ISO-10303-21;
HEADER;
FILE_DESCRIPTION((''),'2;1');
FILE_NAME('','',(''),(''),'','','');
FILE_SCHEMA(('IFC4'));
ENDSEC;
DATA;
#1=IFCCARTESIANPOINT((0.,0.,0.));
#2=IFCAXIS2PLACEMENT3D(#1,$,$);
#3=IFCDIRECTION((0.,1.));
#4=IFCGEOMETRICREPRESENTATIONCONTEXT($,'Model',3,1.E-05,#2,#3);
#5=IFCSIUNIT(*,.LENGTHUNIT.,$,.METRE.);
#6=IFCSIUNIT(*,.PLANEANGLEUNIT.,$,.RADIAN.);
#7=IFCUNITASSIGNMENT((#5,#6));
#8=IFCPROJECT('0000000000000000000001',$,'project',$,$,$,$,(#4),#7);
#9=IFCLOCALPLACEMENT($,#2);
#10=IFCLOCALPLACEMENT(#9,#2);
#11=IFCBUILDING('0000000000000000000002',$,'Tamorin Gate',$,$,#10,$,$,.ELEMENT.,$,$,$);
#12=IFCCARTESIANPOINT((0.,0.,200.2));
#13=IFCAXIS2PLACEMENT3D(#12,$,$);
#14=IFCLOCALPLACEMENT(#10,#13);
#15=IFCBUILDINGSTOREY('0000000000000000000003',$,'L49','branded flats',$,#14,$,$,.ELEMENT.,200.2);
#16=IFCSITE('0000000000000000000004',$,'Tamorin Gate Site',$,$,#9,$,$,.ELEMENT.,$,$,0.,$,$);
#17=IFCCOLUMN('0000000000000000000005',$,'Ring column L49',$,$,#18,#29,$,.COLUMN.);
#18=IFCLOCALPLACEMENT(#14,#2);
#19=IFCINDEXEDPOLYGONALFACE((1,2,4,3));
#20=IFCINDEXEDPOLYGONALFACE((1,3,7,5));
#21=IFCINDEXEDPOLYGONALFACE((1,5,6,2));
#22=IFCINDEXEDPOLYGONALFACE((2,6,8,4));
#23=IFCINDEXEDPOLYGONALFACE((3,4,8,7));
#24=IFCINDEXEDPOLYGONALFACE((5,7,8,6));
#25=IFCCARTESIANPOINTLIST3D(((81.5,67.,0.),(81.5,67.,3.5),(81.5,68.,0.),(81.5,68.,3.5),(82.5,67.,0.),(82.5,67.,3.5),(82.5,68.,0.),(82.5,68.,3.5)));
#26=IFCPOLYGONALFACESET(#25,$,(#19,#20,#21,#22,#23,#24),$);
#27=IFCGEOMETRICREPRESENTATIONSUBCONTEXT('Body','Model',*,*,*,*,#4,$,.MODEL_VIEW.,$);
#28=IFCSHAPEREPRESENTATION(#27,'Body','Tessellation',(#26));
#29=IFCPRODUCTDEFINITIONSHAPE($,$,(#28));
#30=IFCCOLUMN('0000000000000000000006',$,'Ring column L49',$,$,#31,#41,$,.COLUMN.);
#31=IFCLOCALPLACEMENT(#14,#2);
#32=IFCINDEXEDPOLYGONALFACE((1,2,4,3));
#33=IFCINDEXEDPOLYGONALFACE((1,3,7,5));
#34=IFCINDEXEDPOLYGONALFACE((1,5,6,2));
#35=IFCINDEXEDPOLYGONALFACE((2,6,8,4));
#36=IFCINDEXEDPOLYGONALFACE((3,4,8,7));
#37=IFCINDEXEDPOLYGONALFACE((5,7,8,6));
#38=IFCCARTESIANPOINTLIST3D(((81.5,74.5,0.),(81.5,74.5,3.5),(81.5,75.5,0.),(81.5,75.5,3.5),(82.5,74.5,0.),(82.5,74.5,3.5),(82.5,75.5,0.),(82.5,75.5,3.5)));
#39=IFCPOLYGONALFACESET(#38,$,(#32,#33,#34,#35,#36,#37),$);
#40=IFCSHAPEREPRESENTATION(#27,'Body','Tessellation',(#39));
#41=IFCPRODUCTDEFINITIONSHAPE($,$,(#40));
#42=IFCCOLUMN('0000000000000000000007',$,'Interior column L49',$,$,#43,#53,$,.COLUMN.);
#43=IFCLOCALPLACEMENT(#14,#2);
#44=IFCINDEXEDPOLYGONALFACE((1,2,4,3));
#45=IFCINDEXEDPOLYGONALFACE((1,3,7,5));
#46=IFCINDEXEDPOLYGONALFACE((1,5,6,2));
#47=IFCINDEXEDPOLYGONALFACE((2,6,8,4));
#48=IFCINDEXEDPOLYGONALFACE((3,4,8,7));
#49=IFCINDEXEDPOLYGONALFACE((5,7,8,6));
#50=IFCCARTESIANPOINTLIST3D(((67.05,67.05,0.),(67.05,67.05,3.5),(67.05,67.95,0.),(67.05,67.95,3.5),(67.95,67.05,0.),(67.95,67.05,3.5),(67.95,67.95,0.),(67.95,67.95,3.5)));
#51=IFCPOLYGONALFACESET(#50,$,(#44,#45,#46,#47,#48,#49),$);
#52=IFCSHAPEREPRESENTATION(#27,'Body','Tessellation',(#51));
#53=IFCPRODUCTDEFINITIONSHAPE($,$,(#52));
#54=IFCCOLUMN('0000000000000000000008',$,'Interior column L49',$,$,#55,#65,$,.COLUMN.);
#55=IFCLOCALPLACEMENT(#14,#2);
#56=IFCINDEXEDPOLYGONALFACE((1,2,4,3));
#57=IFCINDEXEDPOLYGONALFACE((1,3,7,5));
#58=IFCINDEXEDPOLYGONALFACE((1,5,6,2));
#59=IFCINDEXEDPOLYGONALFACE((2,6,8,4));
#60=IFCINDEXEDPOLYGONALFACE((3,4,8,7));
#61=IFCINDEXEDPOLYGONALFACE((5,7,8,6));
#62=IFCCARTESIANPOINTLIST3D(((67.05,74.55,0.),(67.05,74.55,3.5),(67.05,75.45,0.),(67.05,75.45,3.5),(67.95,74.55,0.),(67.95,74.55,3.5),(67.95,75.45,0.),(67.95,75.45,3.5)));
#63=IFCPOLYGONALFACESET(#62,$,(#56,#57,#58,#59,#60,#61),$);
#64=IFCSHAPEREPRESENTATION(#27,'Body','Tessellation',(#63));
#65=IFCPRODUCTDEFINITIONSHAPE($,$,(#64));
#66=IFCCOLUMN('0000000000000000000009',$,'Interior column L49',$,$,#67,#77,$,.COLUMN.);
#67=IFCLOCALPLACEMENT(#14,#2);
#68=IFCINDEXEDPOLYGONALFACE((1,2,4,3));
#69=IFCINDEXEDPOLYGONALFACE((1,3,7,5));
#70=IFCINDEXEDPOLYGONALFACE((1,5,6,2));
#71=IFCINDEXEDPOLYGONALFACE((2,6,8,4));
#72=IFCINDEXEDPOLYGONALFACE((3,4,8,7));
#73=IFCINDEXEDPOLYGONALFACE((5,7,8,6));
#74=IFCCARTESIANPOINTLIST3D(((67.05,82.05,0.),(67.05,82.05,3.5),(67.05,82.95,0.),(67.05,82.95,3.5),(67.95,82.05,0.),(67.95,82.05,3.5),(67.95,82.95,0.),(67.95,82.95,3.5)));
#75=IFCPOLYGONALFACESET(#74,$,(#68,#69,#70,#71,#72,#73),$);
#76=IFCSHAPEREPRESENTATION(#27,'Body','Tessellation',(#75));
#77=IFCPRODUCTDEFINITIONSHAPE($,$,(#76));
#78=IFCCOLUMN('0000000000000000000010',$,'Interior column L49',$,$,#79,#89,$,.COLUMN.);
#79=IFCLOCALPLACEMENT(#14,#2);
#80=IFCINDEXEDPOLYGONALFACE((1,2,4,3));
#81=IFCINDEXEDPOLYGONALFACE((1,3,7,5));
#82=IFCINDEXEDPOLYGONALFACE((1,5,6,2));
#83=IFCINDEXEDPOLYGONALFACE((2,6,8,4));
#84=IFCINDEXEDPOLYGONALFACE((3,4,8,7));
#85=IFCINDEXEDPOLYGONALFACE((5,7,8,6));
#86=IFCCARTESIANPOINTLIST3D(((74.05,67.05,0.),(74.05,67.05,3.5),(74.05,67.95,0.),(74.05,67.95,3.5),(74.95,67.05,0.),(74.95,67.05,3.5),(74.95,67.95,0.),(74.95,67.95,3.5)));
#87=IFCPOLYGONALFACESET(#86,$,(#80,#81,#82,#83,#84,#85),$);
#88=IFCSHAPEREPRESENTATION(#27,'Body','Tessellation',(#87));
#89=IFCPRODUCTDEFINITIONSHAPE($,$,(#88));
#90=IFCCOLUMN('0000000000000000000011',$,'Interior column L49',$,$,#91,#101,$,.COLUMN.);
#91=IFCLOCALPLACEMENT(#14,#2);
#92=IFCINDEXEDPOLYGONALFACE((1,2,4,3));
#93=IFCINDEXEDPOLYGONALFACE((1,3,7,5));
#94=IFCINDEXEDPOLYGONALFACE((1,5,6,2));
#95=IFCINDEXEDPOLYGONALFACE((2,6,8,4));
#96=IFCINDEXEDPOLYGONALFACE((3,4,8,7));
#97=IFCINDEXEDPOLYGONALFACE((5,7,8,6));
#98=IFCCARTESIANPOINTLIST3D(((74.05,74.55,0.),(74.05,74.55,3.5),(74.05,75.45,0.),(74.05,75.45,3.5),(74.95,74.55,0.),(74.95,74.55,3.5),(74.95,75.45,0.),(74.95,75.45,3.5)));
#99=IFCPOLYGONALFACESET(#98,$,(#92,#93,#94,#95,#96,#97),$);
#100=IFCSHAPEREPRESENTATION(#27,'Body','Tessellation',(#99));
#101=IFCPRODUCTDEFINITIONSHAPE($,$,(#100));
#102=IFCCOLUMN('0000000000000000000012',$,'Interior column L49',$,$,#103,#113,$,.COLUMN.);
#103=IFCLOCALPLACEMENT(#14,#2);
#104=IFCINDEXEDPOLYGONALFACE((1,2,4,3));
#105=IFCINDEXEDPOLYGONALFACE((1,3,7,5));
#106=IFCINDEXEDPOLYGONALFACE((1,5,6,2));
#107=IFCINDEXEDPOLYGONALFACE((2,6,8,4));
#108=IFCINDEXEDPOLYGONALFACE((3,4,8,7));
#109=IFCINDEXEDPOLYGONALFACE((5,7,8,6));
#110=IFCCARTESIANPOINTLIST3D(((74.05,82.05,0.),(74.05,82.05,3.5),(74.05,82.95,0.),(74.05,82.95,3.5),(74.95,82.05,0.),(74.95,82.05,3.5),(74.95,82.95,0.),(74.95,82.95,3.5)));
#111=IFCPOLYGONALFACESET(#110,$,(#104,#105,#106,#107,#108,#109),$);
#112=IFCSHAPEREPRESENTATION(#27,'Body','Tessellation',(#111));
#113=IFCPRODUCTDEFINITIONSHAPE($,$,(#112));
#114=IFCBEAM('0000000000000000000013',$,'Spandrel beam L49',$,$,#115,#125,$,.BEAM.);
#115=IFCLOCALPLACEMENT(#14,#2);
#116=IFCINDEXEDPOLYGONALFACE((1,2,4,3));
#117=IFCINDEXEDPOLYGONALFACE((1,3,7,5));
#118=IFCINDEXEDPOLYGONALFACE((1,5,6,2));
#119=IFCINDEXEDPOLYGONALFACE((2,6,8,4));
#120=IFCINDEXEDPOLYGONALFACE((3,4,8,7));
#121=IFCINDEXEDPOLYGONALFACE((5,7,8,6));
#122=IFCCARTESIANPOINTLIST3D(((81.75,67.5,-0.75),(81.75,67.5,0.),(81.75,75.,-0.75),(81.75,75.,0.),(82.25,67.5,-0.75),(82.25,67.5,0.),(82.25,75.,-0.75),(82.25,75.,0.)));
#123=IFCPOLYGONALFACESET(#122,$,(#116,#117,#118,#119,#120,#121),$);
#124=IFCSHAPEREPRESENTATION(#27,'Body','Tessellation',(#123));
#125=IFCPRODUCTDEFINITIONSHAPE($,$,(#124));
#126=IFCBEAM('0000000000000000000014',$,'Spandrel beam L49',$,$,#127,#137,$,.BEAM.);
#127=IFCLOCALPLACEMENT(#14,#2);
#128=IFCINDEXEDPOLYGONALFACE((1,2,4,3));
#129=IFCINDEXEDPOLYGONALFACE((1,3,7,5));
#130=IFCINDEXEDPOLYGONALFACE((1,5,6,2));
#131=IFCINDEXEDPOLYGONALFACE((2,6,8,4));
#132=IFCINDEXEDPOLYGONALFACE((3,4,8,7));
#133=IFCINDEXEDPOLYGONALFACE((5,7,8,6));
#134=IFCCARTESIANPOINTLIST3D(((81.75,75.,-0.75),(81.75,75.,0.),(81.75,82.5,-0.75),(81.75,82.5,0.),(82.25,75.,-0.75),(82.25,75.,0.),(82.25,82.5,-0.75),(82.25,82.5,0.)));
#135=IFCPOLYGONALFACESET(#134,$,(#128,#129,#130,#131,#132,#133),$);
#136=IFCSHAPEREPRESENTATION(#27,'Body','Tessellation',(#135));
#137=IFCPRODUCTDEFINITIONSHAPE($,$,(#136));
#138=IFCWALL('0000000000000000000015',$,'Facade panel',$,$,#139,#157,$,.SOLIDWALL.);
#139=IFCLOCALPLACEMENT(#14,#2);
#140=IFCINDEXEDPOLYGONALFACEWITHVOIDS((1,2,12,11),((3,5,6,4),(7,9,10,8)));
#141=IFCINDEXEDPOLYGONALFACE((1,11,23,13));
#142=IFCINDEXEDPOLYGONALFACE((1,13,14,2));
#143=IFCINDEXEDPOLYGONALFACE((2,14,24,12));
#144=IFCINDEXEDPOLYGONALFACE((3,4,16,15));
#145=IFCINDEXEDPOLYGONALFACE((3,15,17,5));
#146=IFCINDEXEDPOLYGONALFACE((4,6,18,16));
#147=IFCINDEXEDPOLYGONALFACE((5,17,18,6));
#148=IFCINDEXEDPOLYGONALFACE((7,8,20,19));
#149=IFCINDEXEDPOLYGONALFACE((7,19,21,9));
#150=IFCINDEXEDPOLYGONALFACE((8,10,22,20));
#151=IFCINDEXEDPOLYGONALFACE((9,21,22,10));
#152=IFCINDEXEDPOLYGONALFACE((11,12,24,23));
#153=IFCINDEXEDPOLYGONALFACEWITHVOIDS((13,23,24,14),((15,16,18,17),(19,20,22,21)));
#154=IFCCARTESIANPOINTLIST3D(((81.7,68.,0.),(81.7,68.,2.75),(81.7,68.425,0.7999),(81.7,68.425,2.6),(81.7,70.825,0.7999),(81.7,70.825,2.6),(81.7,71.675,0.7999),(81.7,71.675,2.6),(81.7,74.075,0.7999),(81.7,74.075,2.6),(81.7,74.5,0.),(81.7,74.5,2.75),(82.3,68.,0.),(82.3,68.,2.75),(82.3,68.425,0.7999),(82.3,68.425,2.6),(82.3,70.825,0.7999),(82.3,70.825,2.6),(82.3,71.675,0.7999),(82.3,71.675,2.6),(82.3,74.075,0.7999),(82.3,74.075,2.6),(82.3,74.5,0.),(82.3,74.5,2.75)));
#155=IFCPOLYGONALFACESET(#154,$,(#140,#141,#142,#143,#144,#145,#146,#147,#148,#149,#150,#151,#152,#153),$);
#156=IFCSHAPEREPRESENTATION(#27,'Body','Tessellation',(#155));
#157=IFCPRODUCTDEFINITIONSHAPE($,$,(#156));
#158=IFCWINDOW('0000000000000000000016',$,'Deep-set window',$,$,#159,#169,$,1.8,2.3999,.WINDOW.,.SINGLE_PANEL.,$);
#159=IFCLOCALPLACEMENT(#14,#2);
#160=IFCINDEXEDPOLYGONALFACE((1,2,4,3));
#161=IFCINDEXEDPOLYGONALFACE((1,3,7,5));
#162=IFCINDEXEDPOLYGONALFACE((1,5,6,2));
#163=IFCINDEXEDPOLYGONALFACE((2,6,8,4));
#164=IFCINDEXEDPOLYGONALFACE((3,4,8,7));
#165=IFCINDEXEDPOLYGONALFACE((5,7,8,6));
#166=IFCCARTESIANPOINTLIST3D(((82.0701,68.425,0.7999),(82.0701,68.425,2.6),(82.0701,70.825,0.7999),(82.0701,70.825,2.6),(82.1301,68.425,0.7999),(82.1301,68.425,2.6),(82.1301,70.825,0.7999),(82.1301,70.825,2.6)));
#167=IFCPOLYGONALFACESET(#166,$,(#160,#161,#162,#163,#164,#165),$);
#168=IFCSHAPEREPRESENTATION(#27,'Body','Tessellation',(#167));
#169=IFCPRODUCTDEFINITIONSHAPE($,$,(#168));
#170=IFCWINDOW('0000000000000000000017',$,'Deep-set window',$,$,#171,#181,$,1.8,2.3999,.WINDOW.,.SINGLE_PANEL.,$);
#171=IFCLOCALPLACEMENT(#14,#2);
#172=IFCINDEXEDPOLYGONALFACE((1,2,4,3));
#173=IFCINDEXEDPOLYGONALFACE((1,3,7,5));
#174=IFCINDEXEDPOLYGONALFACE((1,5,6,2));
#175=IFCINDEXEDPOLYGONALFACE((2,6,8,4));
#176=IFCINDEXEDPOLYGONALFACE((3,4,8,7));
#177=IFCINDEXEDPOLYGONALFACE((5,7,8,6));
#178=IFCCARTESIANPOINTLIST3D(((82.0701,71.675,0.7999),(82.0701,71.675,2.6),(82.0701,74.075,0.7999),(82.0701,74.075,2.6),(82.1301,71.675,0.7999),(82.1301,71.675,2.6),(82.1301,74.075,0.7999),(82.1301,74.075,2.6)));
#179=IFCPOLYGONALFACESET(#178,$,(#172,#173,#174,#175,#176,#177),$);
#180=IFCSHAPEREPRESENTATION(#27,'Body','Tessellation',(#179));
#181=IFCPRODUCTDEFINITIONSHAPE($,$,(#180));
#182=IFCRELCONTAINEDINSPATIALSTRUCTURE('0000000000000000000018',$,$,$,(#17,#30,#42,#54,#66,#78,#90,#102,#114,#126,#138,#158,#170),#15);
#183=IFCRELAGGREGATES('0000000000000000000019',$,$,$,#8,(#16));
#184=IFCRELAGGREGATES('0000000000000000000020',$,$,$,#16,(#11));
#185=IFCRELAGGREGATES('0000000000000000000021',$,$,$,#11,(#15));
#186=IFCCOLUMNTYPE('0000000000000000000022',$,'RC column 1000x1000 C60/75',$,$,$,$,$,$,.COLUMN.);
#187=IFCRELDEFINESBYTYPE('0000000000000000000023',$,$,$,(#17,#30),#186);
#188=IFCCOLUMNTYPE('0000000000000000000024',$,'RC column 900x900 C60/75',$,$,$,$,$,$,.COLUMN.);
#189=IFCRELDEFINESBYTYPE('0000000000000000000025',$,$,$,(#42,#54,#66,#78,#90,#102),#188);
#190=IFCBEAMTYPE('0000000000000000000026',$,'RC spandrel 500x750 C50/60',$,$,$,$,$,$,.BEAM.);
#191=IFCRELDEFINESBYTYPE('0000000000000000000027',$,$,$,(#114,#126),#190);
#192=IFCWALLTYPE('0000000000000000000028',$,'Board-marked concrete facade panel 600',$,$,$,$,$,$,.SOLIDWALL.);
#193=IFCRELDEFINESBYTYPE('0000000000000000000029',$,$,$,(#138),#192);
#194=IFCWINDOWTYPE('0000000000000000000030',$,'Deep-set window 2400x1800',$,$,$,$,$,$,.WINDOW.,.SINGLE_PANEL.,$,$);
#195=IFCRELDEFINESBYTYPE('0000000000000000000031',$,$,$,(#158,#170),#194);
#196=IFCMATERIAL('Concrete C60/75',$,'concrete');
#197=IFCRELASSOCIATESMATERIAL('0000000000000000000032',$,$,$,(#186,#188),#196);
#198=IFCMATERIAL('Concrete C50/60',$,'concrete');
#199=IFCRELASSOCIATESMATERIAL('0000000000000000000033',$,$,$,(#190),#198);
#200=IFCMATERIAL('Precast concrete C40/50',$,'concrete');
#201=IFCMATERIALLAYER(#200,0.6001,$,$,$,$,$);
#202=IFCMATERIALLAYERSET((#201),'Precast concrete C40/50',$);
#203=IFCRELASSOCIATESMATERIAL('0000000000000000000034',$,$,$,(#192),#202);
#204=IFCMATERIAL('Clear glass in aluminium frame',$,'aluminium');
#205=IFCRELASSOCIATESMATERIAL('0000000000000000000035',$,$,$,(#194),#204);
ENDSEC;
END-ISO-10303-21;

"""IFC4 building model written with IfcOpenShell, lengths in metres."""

from ifc_helpers import new_model, si_unit, direction, frame, frame_2d, origin, origin_2d, place, context, subcontext, project, spatial, rectangle, extrude, material, layer, layer_set, material_profile, profile_set, type_object, element, fill, save


model = new_model("IFC4")

# Units and contexts
model_context = context("Model", 3, precision=1e-05, world=origin(), true_north=direction((0.0, 1.0)))
body_context = subcontext(model_context, "Body", "Model", "MODEL_VIEW")
ifc_project = project(units=[si_unit("LENGTHUNIT", "METRE"), si_unit("PLANEANGLEUNIT", "RADIAN")], contexts=[model_context])

# Site, building, storey
site_placement = place(None, origin())
site = spatial("IfcSite", under=ifc_project, at=site_placement, Name="Tamorin Gate Site", CompositionType="ELEMENT", RefElevation=0.0)
building_placement = place(site_placement, origin())
building = spatial("IfcBuilding", under=site, at=building_placement, Name="Tamorin Gate", CompositionType="ELEMENT")
storey_placement = place(building_placement, frame((0.0, 0.0, 200.2)))
storey = spatial("IfcBuildingStorey", under=building, at=storey_placement, Name="L49", Description="branded flats", CompositionType="ELEMENT", Elevation=200.2)

# Columns
ifc_material_1 = material(Name="Concrete C60/75", Category="concrete")
ifc_material_profile_1 = material_profile(ifc_material_1, rectangle(XDim=1.0, YDim=1.0, at=origin_2d()), Name="RC 1000x1000")
ifc_profile_set_1 = profile_set([ifc_material_profile_1], Name="Concrete C60/75")
column_type_1 = type_object("IfcColumnType", Name="RC column 1000x1000 C60/75", PredefinedType="COLUMN", material=ifc_profile_set_1)
for number, where, z_axis, x_axis, name in (
    (1, (82.0, 67.5, 0.0), (0.0, 0.0, 1.0), (1.0, 0.0, 0.0), "Ring column L49"),
    (2, (82.0, 75.0, 0.0), (0.0, 0.0, 1.0), (1.0, 0.0, 0.0), "Ring column L49"),
):
    element("IfcColumn", number, at=place(storey_placement, frame(where, z_axis=z_axis, x_axis=x_axis)), inside=storey, type_object=column_type_1, Name=name, PredefinedType="COLUMN", context=body_context, shape_type="SweptSolid", body=[
        extrude(rectangle(XDim=1.0, YDim=1.0, at=origin_2d()), origin(), (0.0, 0.0, 1.0), 3.5),
    ])
ifc_material_profile_2 = material_profile(ifc_material_1, rectangle(XDim=0.8999, YDim=0.8999, at=origin_2d()), Name="RC 900x900")
ifc_profile_set_2 = profile_set([ifc_material_profile_2], Name="Concrete C60/75")
column_type_2 = type_object("IfcColumnType", Name="RC column 900x900 C60/75", PredefinedType="COLUMN", material=ifc_profile_set_2)
for number, where, z_axis, x_axis, name in (
    (3, (67.5, 67.5, 0.0), (0.0, 0.0, 1.0), (1.0, 0.0, 0.0), "Interior column L49"),
    (4, (67.5, 75.0, 0.0), (0.0, 0.0, 1.0), (1.0, 0.0, 0.0), "Interior column L49"),
    (5, (67.5, 82.5, 0.0), (0.0, 0.0, 1.0), (1.0, 0.0, 0.0), "Interior column L49"),
    (6, (74.5, 67.5, 0.0), (0.0, 0.0, 1.0), (1.0, 0.0, 0.0), "Interior column L49"),
    (7, (74.5, 75.0, 0.0), (0.0, 0.0, 1.0), (1.0, 0.0, 0.0), "Interior column L49"),
    (8, (74.5, 82.5, 0.0), (0.0, 0.0, 1.0), (1.0, 0.0, 0.0), "Interior column L49"),
):
    element("IfcColumn", number, at=place(storey_placement, frame(where, z_axis=z_axis, x_axis=x_axis)), inside=storey, type_object=column_type_2, Name=name, PredefinedType="COLUMN", context=body_context, shape_type="SweptSolid", body=[
        extrude(rectangle(XDim=0.8999, YDim=0.8999, at=origin_2d()), origin(), (0.0, 0.0, 1.0), 3.5),
    ])

# Beams
ifc_material_2 = material(Name="Concrete C50/60", Category="concrete")
ifc_material_profile_3 = material_profile(ifc_material_2, rectangle(XDim=0.5, YDim=0.75, at=origin_2d()), Name="RC 500x750")
ifc_profile_set_3 = profile_set([ifc_material_profile_3], Name="Concrete C50/60")
beam_type = type_object("IfcBeamType", Name="RC spandrel 500x750 C50/60", PredefinedType="BEAM", material=ifc_profile_set_3)
for number, where, z_axis, x_axis, name in (
    (9, (82.0, 67.5, -0.375), (0.0, 1.0, 0.0), (-1.0, 0.0, 0.0), "Spandrel beam L49"),
    (10, (82.0, 75.0, -0.375), (0.0, 1.0, 0.0), (-1.0, 0.0, 0.0), "Spandrel beam L49"),
):
    element("IfcBeam", number, at=place(storey_placement, frame(where, z_axis=z_axis, x_axis=x_axis)), inside=storey, type_object=beam_type, Name=name, PredefinedType="BEAM", context=body_context, shape_type="SweptSolid", body=[
        extrude(rectangle(XDim=0.5, YDim=0.75, at=origin_2d()), origin(), (0.0, 0.0, 1.0), 7.5),
    ])

# Wall, openings, windows
ifc_material_3 = material(Name="Precast concrete C40/50", Category="concrete")
ifc_layer_1 = layer(ifc_material_3, 0.6001)
ifc_layer_set_1 = layer_set([ifc_layer_1], Name="Precast concrete C40/50")
wall_type_1 = type_object("IfcWallType", Name="Board-marked concrete facade panel 600", PredefinedType="SOLIDWALL", material=ifc_layer_set_1)
wall_1_placement = place(storey_placement, frame((82.0, 68.0, 0.0), z_axis=(0.0, 0.0, 1.0), x_axis=(0.0, 1.0, 0.0)))
wall_1 = element("IfcWall", 11, at=wall_1_placement, inside=storey, type_object=wall_type_1, Name="Facade panel", PredefinedType="SOLIDWALL", context=body_context, shape_type="SweptSolid", body=[
    extrude(rectangle(XDim=6.5, YDim=0.6001, at=frame_2d((3.25, 0.0))), origin(), (0.0, 0.0, 1.0), 2.75),
])
opening_1_placement = place(wall_1_placement, frame((0.425, 0.0, 0.8)))
opening_1 = element("IfcOpeningElement", 12, at=opening_1_placement, cuts=wall_1, PredefinedType="OPENING", context=body_context, shape_type="SweptSolid", body=[
    extrude(rectangle(XDim=2.3999, YDim=1.8, at=frame_2d((1.2, 0.8999))), frame((0.0, 0.3101, 0.0), z_axis=(0.0, -1.0, 0.0), x_axis=(1.0, 0.0, 0.0)), (0.0, 0.0, 1.0), 0.6201),
])
opening_2_placement = place(wall_1_placement, frame((3.675, 0.0, 0.8)))
opening_2 = element("IfcOpeningElement", 13, at=opening_2_placement, cuts=wall_1, PredefinedType="OPENING", context=body_context, shape_type="SweptSolid", body=[
    extrude(rectangle(XDim=2.3999, YDim=1.8, at=frame_2d((1.2, 0.8999))), frame((0.0, 0.3101, 0.0), z_axis=(0.0, -1.0, 0.0), x_axis=(1.0, 0.0, 0.0)), (0.0, 0.0, 1.0), 0.6201),
])
ifc_material_4 = material(Name="Clear glass in aluminium frame", Category="aluminium")
window_type = type_object("IfcWindowType", Name="Deep-set window 2400x1800", PartitioningType="SINGLE_PANEL", PredefinedType="WINDOW", material=ifc_material_4)
window_1_placement = place(opening_1_placement, origin())
window_1 = element("IfcWindow", 14, at=window_1_placement, inside=storey, type_object=window_type, Name="Deep-set window", OverallHeight=1.8, OverallWidth=2.3999, PartitioningType="SINGLE_PANEL", PredefinedType="WINDOW", context=body_context, shape_type="SweptSolid", body=[
    extrude(rectangle(XDim=2.3999, YDim=1.8, at=frame_2d((1.2, 0.8999))), frame((0.0, -0.0701, 0.0), z_axis=(0.0, -1.0, 0.0), x_axis=(1.0, 0.0, 0.0)), (0.0, 0.0, 1.0), 0.0601),
])
fill(opening_1, window_1)
window_2_placement = place(opening_2_placement, origin())
window_2 = element("IfcWindow", 15, at=window_2_placement, inside=storey, type_object=window_type, Name="Deep-set window", OverallHeight=1.8, OverallWidth=2.3999, PartitioningType="SINGLE_PANEL", PredefinedType="WINDOW", context=body_context, shape_type="SweptSolid", body=[
    extrude(rectangle(XDim=2.3999, YDim=1.8, at=frame_2d((1.2, 0.8999))), frame((0.0, -0.0701, 0.0), z_axis=(0.0, -1.0, 0.0), x_axis=(1.0, 0.0, 0.0)), (0.0, 0.0, 1.0), 0.0601),
])
fill(opening_2, window_2)

save(model, "model.ifc")
